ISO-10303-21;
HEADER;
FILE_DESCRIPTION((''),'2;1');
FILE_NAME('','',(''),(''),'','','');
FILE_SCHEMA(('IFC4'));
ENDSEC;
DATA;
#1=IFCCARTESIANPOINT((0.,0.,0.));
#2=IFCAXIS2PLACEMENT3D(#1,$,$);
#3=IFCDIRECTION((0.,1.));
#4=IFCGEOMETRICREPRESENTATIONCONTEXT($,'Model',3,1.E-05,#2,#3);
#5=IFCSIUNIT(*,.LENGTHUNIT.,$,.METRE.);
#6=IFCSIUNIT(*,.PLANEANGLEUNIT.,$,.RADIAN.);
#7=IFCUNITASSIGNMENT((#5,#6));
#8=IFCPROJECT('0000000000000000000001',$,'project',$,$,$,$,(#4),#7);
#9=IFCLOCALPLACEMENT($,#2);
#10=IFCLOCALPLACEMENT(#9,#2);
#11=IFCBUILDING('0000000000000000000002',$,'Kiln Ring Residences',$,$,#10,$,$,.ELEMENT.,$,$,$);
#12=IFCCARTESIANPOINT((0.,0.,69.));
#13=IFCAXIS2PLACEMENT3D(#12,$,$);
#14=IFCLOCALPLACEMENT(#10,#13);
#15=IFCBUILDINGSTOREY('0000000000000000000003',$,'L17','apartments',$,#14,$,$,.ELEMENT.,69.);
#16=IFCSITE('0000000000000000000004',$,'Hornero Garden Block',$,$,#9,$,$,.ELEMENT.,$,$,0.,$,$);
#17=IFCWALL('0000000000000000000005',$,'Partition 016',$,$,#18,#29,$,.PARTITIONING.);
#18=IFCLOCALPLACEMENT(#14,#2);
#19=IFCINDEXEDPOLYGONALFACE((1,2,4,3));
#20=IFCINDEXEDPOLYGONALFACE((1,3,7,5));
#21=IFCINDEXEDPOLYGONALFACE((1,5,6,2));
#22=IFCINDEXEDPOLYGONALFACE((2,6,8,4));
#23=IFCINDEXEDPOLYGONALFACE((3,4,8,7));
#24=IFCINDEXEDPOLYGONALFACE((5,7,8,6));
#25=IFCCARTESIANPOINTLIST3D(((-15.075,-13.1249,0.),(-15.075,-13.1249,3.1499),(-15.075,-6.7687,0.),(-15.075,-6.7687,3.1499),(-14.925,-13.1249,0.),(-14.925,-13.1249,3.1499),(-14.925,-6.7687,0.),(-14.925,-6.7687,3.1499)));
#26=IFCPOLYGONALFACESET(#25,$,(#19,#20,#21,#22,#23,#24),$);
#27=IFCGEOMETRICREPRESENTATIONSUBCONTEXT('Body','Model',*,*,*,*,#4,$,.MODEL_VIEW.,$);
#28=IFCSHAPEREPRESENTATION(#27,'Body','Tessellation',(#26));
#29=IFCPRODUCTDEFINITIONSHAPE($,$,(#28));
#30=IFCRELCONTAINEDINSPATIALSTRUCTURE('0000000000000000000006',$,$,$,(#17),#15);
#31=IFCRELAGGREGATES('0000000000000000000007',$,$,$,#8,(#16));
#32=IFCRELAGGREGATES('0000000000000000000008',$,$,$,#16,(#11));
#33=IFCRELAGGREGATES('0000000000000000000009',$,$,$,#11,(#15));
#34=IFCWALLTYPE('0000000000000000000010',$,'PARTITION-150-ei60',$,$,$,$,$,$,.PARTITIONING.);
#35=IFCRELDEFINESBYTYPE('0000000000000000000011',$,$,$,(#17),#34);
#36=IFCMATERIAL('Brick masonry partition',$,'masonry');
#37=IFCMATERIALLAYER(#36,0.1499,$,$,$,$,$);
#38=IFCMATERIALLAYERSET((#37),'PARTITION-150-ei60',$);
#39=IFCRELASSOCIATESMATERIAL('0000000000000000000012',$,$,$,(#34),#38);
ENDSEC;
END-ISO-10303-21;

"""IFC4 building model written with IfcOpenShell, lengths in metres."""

from ifc_helpers import new_model, si_unit, direction, frame, frame_2d, origin, place, context, subcontext, project, spatial, rectangle, extrude, material, layer, layer_set, type_object, element, save


model = new_model("IFC4")

# Units and contexts
model_context = context("Model", 3, precision=1e-05, world=origin(), true_north=direction((0.0, 1.0)))
body_context = subcontext(model_context, "Body", "Model", "MODEL_VIEW")
ifc_project = project(units=[si_unit("LENGTHUNIT", "METRE"), si_unit("PLANEANGLEUNIT", "RADIAN")], contexts=[model_context])

# Site, building, storey
site_placement = place(None, origin())
site = spatial("IfcSite", under=ifc_project, at=site_placement, Name="Hornero Garden Block", CompositionType="ELEMENT", RefElevation=0.0)
building_placement = place(site_placement, origin())
building = spatial("IfcBuilding", under=site, at=building_placement, Name="Kiln Ring Residences", CompositionType="ELEMENT")
storey_placement = place(building_placement, frame((0.0, 0.0, 69.0)))
storey = spatial("IfcBuildingStorey", under=building, at=storey_placement, Name="L17", Description="apartments", CompositionType="ELEMENT", Elevation=69.0)

# Shared definitions
ifc_material_1 = material(Name="Brick masonry partition", Category="masonry")
ifc_layer_1 = layer(ifc_material_1, 0.1499)
ifc_layer_set_1 = layer_set([ifc_layer_1], Name="PARTITION-150-ei60")
wall_type_1 = type_object("IfcWallType", Name="PARTITION-150-ei60", PredefinedType="PARTITIONING", material=ifc_layer_set_1)

# Wall
wall_1_placement = place(storey_placement, frame((-15.0, -13.125, 0.0), z_axis=(0.0, 0.0, 1.0), x_axis=(0.0, 1.0, 0.0)))
element("IfcWall", 1, at=wall_1_placement, inside=storey, type_object=wall_type_1, Name="Partition 016", PredefinedType="PARTITIONING", context=body_context, shape_type="SweptSolid", body=[
    extrude(rectangle(XDim=6.3562, YDim=0.1499, at=frame_2d((3.1782, 0.0))), origin(), (0.0, 0.0, 1.0), 3.1499),
])

save(model, "model.ifc")
